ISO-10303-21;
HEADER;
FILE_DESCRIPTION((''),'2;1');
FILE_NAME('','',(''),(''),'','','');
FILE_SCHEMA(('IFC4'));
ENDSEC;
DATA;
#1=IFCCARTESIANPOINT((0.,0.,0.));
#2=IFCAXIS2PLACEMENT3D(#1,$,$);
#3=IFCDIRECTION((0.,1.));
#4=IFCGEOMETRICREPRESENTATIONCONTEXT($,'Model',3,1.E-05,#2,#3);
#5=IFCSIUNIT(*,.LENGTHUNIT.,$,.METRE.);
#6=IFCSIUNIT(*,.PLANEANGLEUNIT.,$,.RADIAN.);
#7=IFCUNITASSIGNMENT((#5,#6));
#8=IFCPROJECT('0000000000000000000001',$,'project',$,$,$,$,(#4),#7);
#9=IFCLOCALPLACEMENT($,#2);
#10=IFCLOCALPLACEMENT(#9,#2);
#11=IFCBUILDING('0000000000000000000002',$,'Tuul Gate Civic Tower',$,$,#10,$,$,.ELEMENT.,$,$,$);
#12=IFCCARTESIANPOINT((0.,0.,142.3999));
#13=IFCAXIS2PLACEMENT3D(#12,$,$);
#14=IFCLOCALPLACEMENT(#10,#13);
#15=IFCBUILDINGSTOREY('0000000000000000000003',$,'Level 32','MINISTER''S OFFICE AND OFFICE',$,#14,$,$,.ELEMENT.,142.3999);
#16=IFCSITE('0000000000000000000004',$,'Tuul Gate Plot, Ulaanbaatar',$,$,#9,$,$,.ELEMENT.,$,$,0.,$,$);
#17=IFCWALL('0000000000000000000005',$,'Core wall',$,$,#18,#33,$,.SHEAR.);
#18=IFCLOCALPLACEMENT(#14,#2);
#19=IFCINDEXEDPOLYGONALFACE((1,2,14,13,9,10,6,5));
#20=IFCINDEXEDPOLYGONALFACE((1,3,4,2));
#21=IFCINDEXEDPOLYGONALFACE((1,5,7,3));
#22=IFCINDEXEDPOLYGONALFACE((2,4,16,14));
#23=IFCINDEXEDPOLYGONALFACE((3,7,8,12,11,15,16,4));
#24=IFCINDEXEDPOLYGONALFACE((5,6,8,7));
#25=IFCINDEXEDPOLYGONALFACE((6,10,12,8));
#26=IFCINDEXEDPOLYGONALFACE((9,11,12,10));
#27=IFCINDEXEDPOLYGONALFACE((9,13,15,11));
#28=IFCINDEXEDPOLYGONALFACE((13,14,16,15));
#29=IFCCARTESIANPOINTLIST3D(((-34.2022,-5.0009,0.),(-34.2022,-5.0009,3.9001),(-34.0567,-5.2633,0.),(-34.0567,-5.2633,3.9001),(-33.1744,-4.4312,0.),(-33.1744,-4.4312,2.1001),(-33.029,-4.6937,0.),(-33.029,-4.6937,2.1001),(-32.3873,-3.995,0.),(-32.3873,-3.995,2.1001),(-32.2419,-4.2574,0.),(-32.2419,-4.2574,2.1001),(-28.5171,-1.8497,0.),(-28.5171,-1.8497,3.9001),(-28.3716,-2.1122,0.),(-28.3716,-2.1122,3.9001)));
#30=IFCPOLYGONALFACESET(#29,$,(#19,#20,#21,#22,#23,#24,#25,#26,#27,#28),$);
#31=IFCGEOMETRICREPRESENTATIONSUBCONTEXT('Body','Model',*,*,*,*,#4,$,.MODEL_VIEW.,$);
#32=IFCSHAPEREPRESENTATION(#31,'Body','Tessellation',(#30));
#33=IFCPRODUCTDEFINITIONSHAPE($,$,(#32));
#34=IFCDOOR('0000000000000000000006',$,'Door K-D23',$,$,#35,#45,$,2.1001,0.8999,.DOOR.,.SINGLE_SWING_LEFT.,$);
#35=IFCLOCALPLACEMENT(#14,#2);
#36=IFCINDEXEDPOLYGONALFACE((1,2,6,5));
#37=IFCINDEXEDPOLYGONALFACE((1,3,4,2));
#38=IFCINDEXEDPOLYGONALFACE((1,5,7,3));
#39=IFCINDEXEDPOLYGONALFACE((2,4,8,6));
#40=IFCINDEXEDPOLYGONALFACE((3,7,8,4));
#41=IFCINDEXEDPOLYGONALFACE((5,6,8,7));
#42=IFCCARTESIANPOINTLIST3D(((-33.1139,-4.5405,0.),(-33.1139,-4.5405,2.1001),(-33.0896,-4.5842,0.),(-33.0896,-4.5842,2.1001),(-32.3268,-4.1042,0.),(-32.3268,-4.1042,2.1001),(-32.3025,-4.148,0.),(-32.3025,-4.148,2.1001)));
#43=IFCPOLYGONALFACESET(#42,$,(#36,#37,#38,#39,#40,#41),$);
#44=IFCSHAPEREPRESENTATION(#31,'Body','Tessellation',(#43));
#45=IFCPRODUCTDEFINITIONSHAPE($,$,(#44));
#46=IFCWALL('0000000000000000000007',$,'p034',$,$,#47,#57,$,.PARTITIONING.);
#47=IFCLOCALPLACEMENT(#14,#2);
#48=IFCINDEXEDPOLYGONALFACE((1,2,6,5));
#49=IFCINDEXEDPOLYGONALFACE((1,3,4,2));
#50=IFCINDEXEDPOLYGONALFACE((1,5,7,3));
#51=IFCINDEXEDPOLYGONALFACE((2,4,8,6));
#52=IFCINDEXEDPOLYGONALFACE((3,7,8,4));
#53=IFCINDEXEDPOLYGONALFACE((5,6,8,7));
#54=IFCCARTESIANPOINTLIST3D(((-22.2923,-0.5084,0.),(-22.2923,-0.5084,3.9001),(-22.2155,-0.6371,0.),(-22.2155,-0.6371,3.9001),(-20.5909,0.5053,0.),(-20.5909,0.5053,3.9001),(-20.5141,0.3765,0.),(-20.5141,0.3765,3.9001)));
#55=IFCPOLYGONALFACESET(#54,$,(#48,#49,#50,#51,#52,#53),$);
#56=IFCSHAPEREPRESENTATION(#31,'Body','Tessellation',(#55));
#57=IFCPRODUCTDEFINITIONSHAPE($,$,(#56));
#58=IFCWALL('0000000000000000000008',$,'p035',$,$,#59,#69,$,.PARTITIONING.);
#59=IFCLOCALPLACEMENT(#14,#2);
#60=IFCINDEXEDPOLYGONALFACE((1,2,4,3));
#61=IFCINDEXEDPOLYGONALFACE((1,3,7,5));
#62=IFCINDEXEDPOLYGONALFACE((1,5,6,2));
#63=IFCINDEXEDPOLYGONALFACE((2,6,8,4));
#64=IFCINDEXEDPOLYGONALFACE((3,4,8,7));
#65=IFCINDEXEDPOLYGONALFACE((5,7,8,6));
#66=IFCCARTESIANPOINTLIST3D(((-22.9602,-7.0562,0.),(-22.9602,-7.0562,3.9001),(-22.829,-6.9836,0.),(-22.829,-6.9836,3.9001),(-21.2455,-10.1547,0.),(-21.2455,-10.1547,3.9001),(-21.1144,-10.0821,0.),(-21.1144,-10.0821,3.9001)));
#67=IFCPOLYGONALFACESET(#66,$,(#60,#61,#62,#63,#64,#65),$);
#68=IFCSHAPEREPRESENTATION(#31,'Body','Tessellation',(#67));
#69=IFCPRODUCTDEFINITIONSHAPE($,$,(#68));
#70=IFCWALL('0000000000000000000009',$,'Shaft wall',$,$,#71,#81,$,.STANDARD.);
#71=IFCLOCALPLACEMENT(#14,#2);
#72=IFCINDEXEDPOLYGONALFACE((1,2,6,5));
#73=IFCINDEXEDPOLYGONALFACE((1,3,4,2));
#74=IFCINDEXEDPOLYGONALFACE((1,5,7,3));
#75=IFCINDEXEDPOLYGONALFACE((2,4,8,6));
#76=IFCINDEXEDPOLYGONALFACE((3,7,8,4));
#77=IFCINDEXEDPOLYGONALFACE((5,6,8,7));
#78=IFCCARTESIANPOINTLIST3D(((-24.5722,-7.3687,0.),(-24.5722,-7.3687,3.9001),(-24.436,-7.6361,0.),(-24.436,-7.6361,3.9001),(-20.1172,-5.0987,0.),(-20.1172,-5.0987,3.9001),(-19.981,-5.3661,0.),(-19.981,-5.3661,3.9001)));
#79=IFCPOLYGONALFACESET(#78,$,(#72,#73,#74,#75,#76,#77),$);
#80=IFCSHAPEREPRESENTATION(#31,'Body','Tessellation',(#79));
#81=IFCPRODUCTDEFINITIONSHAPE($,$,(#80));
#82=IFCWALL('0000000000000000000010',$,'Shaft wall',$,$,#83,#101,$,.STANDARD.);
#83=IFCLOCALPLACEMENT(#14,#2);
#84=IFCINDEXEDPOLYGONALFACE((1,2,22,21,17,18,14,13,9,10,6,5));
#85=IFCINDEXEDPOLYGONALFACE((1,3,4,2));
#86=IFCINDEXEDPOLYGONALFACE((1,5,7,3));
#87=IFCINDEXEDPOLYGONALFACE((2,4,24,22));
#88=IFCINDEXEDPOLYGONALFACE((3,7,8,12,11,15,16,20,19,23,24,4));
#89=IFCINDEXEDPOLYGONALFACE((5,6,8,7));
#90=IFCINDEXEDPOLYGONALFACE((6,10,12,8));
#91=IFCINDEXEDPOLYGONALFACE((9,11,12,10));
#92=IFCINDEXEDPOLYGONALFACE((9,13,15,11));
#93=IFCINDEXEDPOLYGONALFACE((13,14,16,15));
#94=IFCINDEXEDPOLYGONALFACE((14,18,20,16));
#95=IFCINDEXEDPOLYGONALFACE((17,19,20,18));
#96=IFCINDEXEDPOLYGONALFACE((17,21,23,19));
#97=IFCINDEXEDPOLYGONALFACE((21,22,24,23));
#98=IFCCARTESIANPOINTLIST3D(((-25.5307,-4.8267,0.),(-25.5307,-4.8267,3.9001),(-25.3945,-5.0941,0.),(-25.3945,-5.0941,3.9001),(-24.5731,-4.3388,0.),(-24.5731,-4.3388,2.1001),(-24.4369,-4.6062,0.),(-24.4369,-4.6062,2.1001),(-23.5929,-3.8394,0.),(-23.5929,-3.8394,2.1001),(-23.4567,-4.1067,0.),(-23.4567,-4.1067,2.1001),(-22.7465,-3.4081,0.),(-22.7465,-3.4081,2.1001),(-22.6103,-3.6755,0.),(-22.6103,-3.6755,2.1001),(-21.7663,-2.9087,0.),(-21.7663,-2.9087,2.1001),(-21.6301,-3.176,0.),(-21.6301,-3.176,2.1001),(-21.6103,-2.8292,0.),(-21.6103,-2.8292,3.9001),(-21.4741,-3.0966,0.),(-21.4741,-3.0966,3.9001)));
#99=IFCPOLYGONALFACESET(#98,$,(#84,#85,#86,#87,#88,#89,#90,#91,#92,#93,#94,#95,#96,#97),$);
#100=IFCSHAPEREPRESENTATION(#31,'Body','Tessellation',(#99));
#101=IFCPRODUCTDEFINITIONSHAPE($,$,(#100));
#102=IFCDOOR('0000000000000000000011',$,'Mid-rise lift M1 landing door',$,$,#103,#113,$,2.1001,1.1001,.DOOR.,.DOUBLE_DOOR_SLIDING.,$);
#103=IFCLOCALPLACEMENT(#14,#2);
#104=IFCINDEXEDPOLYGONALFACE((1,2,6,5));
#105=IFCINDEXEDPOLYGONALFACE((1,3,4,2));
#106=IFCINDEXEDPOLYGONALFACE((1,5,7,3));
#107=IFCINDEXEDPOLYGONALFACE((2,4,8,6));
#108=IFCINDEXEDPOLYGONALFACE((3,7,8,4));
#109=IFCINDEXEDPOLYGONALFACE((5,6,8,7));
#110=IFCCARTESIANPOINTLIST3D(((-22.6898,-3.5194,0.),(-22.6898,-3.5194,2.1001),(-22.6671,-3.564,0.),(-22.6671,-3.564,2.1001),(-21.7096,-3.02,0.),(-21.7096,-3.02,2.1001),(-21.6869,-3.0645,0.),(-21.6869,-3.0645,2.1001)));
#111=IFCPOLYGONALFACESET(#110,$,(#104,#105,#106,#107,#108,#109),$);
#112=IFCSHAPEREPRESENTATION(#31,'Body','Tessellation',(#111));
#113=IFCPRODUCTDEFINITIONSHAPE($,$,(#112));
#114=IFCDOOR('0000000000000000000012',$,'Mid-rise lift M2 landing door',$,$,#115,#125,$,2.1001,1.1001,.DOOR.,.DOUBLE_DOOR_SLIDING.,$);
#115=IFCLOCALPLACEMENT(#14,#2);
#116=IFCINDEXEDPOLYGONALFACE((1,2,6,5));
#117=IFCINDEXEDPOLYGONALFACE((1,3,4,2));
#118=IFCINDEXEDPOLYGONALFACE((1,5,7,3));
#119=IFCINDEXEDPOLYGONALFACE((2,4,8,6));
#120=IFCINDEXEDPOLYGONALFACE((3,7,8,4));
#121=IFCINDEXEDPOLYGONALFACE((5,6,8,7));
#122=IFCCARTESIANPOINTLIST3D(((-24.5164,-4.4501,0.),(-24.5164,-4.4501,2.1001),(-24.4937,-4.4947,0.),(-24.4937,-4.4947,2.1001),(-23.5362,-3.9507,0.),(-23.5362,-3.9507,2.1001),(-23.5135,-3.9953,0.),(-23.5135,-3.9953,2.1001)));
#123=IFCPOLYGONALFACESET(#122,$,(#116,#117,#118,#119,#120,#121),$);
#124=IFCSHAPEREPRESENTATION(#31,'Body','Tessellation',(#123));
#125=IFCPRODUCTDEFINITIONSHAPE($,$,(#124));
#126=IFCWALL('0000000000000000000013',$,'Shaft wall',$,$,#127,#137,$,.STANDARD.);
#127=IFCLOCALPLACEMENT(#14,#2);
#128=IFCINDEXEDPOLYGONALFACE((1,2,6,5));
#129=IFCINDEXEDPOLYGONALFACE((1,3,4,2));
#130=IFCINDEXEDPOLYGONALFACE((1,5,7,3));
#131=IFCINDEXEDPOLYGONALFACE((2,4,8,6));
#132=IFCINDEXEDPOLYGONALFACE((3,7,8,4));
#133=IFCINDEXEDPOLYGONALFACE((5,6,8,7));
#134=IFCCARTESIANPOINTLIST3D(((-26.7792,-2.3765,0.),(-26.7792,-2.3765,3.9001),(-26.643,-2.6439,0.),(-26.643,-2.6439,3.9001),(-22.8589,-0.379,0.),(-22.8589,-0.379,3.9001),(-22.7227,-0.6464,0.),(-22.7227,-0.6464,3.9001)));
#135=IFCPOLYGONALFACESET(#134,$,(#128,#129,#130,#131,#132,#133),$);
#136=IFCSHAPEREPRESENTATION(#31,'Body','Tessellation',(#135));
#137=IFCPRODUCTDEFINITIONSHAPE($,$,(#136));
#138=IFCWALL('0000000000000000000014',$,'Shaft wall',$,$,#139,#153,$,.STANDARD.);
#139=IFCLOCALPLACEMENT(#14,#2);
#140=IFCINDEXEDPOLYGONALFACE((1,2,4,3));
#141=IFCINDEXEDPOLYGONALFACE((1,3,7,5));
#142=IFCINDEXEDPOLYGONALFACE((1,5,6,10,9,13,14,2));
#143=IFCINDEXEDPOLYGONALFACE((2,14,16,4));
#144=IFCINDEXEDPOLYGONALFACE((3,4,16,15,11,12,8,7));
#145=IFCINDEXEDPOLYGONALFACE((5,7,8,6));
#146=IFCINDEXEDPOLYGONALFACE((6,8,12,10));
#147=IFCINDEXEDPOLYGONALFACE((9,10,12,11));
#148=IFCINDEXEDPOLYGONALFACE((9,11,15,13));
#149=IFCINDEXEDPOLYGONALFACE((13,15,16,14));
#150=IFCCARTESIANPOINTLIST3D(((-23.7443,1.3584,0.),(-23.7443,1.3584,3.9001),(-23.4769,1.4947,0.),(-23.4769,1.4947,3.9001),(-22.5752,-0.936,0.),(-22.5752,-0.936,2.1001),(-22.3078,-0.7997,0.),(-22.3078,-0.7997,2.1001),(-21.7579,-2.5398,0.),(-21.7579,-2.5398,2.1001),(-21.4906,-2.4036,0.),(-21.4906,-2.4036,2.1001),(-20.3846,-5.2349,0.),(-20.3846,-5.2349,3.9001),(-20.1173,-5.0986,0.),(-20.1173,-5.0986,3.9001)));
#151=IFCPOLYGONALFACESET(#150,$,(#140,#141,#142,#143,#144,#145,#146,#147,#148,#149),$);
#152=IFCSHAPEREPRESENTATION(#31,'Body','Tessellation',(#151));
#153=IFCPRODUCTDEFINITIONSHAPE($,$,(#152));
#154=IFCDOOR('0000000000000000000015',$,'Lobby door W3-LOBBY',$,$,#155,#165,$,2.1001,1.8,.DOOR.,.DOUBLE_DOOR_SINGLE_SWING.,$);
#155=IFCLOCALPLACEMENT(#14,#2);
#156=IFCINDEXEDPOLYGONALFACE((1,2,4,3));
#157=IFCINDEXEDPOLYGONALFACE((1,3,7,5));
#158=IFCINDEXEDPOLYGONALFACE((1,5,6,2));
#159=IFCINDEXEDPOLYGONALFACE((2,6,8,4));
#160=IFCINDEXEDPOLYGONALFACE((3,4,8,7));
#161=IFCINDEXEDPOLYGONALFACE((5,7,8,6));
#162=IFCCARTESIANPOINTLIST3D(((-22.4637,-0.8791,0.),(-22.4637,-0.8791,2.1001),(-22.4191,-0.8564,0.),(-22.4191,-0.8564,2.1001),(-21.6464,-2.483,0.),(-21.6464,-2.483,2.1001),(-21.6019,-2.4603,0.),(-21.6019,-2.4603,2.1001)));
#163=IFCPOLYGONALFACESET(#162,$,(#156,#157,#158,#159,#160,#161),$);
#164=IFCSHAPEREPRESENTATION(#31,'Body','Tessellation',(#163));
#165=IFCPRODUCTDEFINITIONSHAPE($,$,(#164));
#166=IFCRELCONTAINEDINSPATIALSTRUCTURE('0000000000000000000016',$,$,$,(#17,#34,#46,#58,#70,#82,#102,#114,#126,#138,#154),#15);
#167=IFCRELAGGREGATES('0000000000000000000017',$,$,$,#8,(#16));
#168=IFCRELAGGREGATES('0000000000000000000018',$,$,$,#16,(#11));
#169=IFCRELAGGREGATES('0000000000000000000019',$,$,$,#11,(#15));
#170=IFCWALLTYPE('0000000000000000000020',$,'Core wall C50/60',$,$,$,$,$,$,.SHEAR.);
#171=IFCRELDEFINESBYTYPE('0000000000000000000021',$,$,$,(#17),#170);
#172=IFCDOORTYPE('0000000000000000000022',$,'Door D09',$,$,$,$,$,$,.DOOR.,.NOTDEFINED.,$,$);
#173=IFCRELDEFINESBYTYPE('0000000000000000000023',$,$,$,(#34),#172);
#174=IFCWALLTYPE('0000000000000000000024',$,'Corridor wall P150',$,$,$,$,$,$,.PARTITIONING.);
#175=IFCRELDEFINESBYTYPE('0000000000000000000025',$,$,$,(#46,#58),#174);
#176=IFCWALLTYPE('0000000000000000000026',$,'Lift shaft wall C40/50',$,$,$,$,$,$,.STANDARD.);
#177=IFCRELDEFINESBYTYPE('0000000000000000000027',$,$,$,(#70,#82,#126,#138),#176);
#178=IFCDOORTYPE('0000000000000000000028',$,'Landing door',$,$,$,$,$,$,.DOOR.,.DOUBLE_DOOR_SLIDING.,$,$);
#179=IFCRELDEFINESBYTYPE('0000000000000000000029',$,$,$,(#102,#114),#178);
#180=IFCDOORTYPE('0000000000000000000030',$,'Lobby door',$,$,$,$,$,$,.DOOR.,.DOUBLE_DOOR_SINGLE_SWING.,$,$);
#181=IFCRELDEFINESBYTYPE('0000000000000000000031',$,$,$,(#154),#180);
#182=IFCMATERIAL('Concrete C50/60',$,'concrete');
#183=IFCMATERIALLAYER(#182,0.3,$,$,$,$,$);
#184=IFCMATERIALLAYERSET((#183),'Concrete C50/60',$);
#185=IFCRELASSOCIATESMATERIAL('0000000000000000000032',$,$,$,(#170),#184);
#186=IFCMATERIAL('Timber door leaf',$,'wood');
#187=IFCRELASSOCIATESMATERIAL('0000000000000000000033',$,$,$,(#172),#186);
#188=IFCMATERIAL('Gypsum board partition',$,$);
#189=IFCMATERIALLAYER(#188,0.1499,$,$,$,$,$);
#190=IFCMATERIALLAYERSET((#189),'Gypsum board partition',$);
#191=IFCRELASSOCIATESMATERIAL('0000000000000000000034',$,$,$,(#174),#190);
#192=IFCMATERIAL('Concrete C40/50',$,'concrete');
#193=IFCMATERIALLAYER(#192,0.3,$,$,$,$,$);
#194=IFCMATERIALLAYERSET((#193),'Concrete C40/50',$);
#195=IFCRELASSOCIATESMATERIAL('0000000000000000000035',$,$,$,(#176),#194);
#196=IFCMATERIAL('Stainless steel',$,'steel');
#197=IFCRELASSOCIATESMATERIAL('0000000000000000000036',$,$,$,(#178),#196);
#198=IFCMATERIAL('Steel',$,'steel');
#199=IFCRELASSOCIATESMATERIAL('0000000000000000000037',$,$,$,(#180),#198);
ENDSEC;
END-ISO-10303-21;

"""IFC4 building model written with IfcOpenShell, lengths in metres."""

from ifc_helpers import new_model, si_unit, direction, frame, frame_2d, origin, place, context, subcontext, project, spatial, rectangle, extrude, material, layer, layer_set, type_object, element, fill, save


model = new_model("IFC4")

# Units and contexts
model_context = context("Model", 3, precision=1e-05, world=origin(), true_north=direction((0.0, 1.0)))
body_context = subcontext(model_context, "Body", "Model", "MODEL_VIEW")
ifc_project = project(units=[si_unit("LENGTHUNIT", "METRE"), si_unit("PLANEANGLEUNIT", "RADIAN")], contexts=[model_context])

# Site, building, storey
site_placement = place(None, origin())
site = spatial("IfcSite", under=ifc_project, at=site_placement, Name="Tuul Gate Plot, Ulaanbaatar", CompositionType="ELEMENT", RefElevation=0.0)
building_placement = place(site_placement, origin())
building = spatial("IfcBuilding", under=site, at=building_placement, Name="Tuul Gate Civic Tower", CompositionType="ELEMENT")
storey_placement = place(building_placement, frame((0.0, 0.0, 142.3999)))
storey = spatial("IfcBuildingStorey", under=building, at=storey_placement, Name="Level 32", Description="MINISTER'S OFFICE AND OFFICE", CompositionType="ELEMENT", Elevation=142.3999)

# Wall, opening, door
ifc_material_1 = material(Name="Concrete C50/60", Category="concrete")
ifc_layer_1 = layer(ifc_material_1, 0.3)
ifc_layer_set_1 = layer_set([ifc_layer_1], Name="Concrete C50/60")
wall_type_1 = type_object("IfcWallType", Name="Core wall C50/60", PredefinedType="SHEAR", material=ifc_layer_set_1)
wall_1_placement = place(storey_placement, frame((-28.4443, -1.981, 0.0), z_axis=(0.0, 0.0, 1.0), x_axis=(-0.87463, -0.484791, 0.0)))
wall_1 = element("IfcWall", 1, at=wall_1_placement, inside=storey, type_object=wall_type_1, Name="Core wall", PredefinedType="SHEAR", context=body_context, shape_type="SweptSolid", body=[
    extrude(rectangle(XDim=6.5, YDim=0.3, at=frame_2d((3.25, 0.0))), origin(), (0.0, 0.0, 1.0), 3.9001),
])
opening_1_placement = place(wall_1_placement, frame((4.425, 0.0, 0.0)))
opening_1 = element("IfcOpeningElement", 2, at=opening_1_placement, cuts=wall_1, PredefinedType="OPENING", context=body_context, shape_type="SweptSolid", body=[
    extrude(rectangle(XDim=0.8999, YDim=2.1001, at=frame_2d((0.45, 1.05))), frame((0.0, 0.1602, 0.0), z_axis=(0.0, -1.0, 0.0), x_axis=(1.0, 0.0, 0.0)), (0.0, 0.0, 1.0), 0.3201),
])
ifc_material_2 = material(Name="Timber door leaf", Category="wood")
door_type_1 = type_object("IfcDoorType", Name="Door D09", OperationType="NOTDEFINED", PredefinedType="DOOR", material=ifc_material_2)
door_1_placement = place(opening_1_placement, origin())
door_1 = element("IfcDoor", 3, at=door_1_placement, inside=storey, type_object=door_type_1, Name="Door K-D23", OperationType="SINGLE_SWING_LEFT", OverallHeight=2.1001, OverallWidth=0.8999, PredefinedType="DOOR", context=body_context, shape_type="SweptSolid", body=[
    extrude(rectangle(XDim=0.8999, YDim=2.1001, at=frame_2d((0.45, 1.05))), frame((0.0, 0.0249, 0.0), z_axis=(0.0, -1.0, 0.0), x_axis=(1.0, 0.0, 0.0)), (0.0, 0.0, 1.0), 0.05),
])
fill(opening_1, door_1)

# Walls
ifc_material_3 = material(Name="Gypsum board partition")
ifc_layer_2 = layer(ifc_material_3, 0.1499)
ifc_layer_set_2 = layer_set([ifc_layer_2], Name="Gypsum board partition")
wall_type_2 = type_object("IfcWallType", Name="Corridor wall P150", PredefinedType="PARTITIONING", material=ifc_layer_set_2)
wall_2_placement = place(storey_placement, frame((-22.2539, -0.5728, 0.0), z_axis=(0.0, 0.0, 1.0), x_axis=(0.859088, 0.511828, 0.0)))
element("IfcWall", 4, at=wall_2_placement, inside=storey, type_object=wall_type_2, Name="p034", PredefinedType="PARTITIONING", context=body_context, shape_type="SweptSolid", body=[
    extrude(rectangle(XDim=1.9805, YDim=0.1499, at=frame_2d((0.9902, 0.0))), origin(), (0.0, 0.0, 1.0), 3.9001),
])
wall_3_placement = place(storey_placement, frame((-22.8945, -7.02, 0.0), z_axis=(0.0, 0.0, 1.0), x_axis=(0.484191, -0.874963, 0.0)))
element("IfcWall", 5, at=wall_3_placement, inside=storey, type_object=wall_type_2, Name="p035", PredefinedType="PARTITIONING", context=body_context, shape_type="SweptSolid", body=[
    extrude(rectangle(XDim=3.5413, YDim=0.1499, at=frame_2d((1.7705, 0.0))), origin(), (0.0, 0.0, 1.0), 3.9001),
])
ifc_material_4 = material(Name="Concrete C40/50", Category="concrete")
ifc_layer_3 = layer(ifc_material_4, 0.3)
ifc_layer_set_3 = layer_set([ifc_layer_3], Name="Concrete C40/50")
wall_type_3 = type_object("IfcWallType", Name="Lift shaft wall C40/50", PredefinedType="STANDARD", material=ifc_layer_set_3)
wall_4_placement = place(storey_placement, frame((-20.0491, -5.2324, 0.0), z_axis=(0.0, 0.0, 1.0), x_axis=(-0.891003, -0.453997, 0.0)))
element("IfcWall", 6, at=wall_4_placement, inside=storey, type_object=wall_type_3, Name="Shaft wall", PredefinedType="STANDARD", context=body_context, shape_type="SweptSolid", body=[
    extrude(rectangle(XDim=5.0, YDim=0.3, at=frame_2d((2.5, 0.0))), origin(), (0.0, 0.0, 1.0), 3.9001),
])

# Wall, openings, doors
wall_5_placement = place(storey_placement, frame((-21.5422, -2.9629, 0.0), z_axis=(0.0, 0.0, 1.0), x_axis=(-0.891006, -0.453992, 0.0)))
wall_5 = element("IfcWall", 7, at=wall_5_placement, inside=storey, type_object=wall_type_3, Name="Shaft wall", PredefinedType="STANDARD", context=body_context, shape_type="SweptSolid", body=[
    extrude(rectangle(XDim=4.3999, YDim=0.3, at=frame_2d((2.2, 0.0))), origin(), (0.0, 0.0, 1.0), 3.9001),
])
opening_2_placement = place(wall_5_placement, frame((0.175, 0.0, 0.0)))
opening_2 = element("IfcOpeningElement", 8, at=opening_2_placement, cuts=wall_5, PredefinedType="OPENING", context=body_context, shape_type="SweptSolid", body=[
    extrude(rectangle(XDim=1.1001, YDim=2.1001, at=frame_2d((0.55, 1.05))), frame((0.0, 0.1602, 0.0), z_axis=(0.0, -1.0, 0.0), x_axis=(1.0, 0.0, 0.0)), (0.0, 0.0, 1.0), 0.3201),
])
opening_3_placement = place(wall_5_placement, frame((2.2251, 0.0, 0.0)))
opening_3 = element("IfcOpeningElement", 9, at=opening_3_placement, cuts=wall_5, PredefinedType="OPENING", context=body_context, shape_type="SweptSolid", body=[
    extrude(rectangle(XDim=1.1001, YDim=2.1001, at=frame_2d((0.55, 1.05))), frame((0.0, 0.1602, 0.0), z_axis=(0.0, -1.0, 0.0), x_axis=(1.0, 0.0, 0.0)), (0.0, 0.0, 1.0), 0.3201),
])
ifc_material_5 = material(Name="Stainless steel", Category="steel")
door_type_2 = type_object("IfcDoorType", Name="Landing door", OperationType="DOUBLE_DOOR_SLIDING", PredefinedType="DOOR", material=ifc_material_5)
door_2_placement = place(opening_2_placement, origin())
door_2 = element("IfcDoor", 10, at=door_2_placement, inside=storey, type_object=door_type_2, Name="Mid-rise lift M1 landing door", OperationType="DOUBLE_DOOR_SLIDING", OverallHeight=2.1001, OverallWidth=1.1001, PredefinedType="DOOR", context=body_context, shape_type="SweptSolid", body=[
    extrude(rectangle(XDim=1.1001, YDim=2.1001, at=frame_2d((0.55, 1.05))), frame((0.0, 0.0249, 0.0), z_axis=(0.0, -1.0, 0.0), x_axis=(1.0, 0.0, 0.0)), (0.0, 0.0, 1.0), 0.05),
])
fill(opening_2, door_2)
door_3_placement = place(opening_3_placement, origin())
door_3 = element("IfcDoor", 11, at=door_3_placement, inside=storey, type_object=door_type_2, Name="Mid-rise lift M2 landing door", OperationType="DOUBLE_DOOR_SLIDING", OverallHeight=2.1001, OverallWidth=1.1001, PredefinedType="DOOR", context=body_context, shape_type="SweptSolid", body=[
    extrude(rectangle(XDim=1.1001, YDim=2.1001, at=frame_2d((0.55, 1.05))), frame((0.0, 0.0249, 0.0), z_axis=(0.0, -1.0, 0.0), x_axis=(1.0, 0.0, 0.0)), (0.0, 0.0, 1.0), 0.05),
])
fill(opening_3, door_3)

# Wall
wall_6_placement = place(storey_placement, frame((-22.7908, -0.5127, 0.0), z_axis=(0.0, 0.0, 1.0), x_axis=(-0.891006, -0.453992, 0.0)))
element("IfcWall", 12, at=wall_6_placement, inside=storey, type_object=wall_type_3, Name="Shaft wall", PredefinedType="STANDARD", context=body_context, shape_type="SweptSolid", body=[
    extrude(rectangle(XDim=4.3999, YDim=0.3, at=frame_2d((2.2, 0.0))), origin(), (0.0, 0.0, 1.0), 3.9001),
])

# Wall, opening, door
wall_7_placement = place(storey_placement, frame((-20.251, -5.1667, 0.0), z_axis=(0.0, 0.0, 1.0), x_axis=(-0.45401, 0.890996, 0.0)))
wall_7 = element("IfcWall", 13, at=wall_7_placement, inside=storey, type_object=wall_type_3, Name="Shaft wall", PredefinedType="STANDARD", context=body_context, shape_type="SweptSolid", body=[
    extrude(rectangle(XDim=7.3999, YDim=0.3, at=frame_2d((3.7, 0.0))), origin(), (0.0, 0.0, 1.0), 3.9001),
])
opening_4_placement = place(wall_7_placement, frame((3.0249, 0.0, 0.0)))
opening_4 = element("IfcOpeningElement", 14, at=opening_4_placement, cuts=wall_7, PredefinedType="OPENING", context=body_context, shape_type="SweptSolid", body=[
    extrude(rectangle(XDim=1.8, YDim=2.1001, at=frame_2d((0.8999, 1.05))), frame((0.0, 0.1602, 0.0), z_axis=(0.0, -1.0, 0.0), x_axis=(1.0, 0.0, 0.0)), (0.0, 0.0, 1.0), 0.3201),
])
ifc_material_6 = material(Name="Steel", Category="steel")
door_type_3 = type_object("IfcDoorType", Name="Lobby door", OperationType="DOUBLE_DOOR_SINGLE_SWING", PredefinedType="DOOR", material=ifc_material_6)
door_4_placement = place(opening_4_placement, origin())
door_4 = element("IfcDoor", 15, at=door_4_placement, inside=storey, type_object=door_type_3, Name="Lobby door W3-LOBBY", OperationType="DOUBLE_DOOR_SINGLE_SWING", OverallHeight=2.1001, OverallWidth=1.8, PredefinedType="DOOR", context=body_context, shape_type="SweptSolid", body=[
    extrude(rectangle(XDim=1.8, YDim=2.1001, at=frame_2d((0.8999, 1.05))), frame((0.0, 0.0249, 0.0), z_axis=(0.0, -1.0, 0.0), x_axis=(1.0, 0.0, 0.0)), (0.0, 0.0, 1.0), 0.05),
])
fill(opening_4, door_4)

save(model, "model.ifc")
